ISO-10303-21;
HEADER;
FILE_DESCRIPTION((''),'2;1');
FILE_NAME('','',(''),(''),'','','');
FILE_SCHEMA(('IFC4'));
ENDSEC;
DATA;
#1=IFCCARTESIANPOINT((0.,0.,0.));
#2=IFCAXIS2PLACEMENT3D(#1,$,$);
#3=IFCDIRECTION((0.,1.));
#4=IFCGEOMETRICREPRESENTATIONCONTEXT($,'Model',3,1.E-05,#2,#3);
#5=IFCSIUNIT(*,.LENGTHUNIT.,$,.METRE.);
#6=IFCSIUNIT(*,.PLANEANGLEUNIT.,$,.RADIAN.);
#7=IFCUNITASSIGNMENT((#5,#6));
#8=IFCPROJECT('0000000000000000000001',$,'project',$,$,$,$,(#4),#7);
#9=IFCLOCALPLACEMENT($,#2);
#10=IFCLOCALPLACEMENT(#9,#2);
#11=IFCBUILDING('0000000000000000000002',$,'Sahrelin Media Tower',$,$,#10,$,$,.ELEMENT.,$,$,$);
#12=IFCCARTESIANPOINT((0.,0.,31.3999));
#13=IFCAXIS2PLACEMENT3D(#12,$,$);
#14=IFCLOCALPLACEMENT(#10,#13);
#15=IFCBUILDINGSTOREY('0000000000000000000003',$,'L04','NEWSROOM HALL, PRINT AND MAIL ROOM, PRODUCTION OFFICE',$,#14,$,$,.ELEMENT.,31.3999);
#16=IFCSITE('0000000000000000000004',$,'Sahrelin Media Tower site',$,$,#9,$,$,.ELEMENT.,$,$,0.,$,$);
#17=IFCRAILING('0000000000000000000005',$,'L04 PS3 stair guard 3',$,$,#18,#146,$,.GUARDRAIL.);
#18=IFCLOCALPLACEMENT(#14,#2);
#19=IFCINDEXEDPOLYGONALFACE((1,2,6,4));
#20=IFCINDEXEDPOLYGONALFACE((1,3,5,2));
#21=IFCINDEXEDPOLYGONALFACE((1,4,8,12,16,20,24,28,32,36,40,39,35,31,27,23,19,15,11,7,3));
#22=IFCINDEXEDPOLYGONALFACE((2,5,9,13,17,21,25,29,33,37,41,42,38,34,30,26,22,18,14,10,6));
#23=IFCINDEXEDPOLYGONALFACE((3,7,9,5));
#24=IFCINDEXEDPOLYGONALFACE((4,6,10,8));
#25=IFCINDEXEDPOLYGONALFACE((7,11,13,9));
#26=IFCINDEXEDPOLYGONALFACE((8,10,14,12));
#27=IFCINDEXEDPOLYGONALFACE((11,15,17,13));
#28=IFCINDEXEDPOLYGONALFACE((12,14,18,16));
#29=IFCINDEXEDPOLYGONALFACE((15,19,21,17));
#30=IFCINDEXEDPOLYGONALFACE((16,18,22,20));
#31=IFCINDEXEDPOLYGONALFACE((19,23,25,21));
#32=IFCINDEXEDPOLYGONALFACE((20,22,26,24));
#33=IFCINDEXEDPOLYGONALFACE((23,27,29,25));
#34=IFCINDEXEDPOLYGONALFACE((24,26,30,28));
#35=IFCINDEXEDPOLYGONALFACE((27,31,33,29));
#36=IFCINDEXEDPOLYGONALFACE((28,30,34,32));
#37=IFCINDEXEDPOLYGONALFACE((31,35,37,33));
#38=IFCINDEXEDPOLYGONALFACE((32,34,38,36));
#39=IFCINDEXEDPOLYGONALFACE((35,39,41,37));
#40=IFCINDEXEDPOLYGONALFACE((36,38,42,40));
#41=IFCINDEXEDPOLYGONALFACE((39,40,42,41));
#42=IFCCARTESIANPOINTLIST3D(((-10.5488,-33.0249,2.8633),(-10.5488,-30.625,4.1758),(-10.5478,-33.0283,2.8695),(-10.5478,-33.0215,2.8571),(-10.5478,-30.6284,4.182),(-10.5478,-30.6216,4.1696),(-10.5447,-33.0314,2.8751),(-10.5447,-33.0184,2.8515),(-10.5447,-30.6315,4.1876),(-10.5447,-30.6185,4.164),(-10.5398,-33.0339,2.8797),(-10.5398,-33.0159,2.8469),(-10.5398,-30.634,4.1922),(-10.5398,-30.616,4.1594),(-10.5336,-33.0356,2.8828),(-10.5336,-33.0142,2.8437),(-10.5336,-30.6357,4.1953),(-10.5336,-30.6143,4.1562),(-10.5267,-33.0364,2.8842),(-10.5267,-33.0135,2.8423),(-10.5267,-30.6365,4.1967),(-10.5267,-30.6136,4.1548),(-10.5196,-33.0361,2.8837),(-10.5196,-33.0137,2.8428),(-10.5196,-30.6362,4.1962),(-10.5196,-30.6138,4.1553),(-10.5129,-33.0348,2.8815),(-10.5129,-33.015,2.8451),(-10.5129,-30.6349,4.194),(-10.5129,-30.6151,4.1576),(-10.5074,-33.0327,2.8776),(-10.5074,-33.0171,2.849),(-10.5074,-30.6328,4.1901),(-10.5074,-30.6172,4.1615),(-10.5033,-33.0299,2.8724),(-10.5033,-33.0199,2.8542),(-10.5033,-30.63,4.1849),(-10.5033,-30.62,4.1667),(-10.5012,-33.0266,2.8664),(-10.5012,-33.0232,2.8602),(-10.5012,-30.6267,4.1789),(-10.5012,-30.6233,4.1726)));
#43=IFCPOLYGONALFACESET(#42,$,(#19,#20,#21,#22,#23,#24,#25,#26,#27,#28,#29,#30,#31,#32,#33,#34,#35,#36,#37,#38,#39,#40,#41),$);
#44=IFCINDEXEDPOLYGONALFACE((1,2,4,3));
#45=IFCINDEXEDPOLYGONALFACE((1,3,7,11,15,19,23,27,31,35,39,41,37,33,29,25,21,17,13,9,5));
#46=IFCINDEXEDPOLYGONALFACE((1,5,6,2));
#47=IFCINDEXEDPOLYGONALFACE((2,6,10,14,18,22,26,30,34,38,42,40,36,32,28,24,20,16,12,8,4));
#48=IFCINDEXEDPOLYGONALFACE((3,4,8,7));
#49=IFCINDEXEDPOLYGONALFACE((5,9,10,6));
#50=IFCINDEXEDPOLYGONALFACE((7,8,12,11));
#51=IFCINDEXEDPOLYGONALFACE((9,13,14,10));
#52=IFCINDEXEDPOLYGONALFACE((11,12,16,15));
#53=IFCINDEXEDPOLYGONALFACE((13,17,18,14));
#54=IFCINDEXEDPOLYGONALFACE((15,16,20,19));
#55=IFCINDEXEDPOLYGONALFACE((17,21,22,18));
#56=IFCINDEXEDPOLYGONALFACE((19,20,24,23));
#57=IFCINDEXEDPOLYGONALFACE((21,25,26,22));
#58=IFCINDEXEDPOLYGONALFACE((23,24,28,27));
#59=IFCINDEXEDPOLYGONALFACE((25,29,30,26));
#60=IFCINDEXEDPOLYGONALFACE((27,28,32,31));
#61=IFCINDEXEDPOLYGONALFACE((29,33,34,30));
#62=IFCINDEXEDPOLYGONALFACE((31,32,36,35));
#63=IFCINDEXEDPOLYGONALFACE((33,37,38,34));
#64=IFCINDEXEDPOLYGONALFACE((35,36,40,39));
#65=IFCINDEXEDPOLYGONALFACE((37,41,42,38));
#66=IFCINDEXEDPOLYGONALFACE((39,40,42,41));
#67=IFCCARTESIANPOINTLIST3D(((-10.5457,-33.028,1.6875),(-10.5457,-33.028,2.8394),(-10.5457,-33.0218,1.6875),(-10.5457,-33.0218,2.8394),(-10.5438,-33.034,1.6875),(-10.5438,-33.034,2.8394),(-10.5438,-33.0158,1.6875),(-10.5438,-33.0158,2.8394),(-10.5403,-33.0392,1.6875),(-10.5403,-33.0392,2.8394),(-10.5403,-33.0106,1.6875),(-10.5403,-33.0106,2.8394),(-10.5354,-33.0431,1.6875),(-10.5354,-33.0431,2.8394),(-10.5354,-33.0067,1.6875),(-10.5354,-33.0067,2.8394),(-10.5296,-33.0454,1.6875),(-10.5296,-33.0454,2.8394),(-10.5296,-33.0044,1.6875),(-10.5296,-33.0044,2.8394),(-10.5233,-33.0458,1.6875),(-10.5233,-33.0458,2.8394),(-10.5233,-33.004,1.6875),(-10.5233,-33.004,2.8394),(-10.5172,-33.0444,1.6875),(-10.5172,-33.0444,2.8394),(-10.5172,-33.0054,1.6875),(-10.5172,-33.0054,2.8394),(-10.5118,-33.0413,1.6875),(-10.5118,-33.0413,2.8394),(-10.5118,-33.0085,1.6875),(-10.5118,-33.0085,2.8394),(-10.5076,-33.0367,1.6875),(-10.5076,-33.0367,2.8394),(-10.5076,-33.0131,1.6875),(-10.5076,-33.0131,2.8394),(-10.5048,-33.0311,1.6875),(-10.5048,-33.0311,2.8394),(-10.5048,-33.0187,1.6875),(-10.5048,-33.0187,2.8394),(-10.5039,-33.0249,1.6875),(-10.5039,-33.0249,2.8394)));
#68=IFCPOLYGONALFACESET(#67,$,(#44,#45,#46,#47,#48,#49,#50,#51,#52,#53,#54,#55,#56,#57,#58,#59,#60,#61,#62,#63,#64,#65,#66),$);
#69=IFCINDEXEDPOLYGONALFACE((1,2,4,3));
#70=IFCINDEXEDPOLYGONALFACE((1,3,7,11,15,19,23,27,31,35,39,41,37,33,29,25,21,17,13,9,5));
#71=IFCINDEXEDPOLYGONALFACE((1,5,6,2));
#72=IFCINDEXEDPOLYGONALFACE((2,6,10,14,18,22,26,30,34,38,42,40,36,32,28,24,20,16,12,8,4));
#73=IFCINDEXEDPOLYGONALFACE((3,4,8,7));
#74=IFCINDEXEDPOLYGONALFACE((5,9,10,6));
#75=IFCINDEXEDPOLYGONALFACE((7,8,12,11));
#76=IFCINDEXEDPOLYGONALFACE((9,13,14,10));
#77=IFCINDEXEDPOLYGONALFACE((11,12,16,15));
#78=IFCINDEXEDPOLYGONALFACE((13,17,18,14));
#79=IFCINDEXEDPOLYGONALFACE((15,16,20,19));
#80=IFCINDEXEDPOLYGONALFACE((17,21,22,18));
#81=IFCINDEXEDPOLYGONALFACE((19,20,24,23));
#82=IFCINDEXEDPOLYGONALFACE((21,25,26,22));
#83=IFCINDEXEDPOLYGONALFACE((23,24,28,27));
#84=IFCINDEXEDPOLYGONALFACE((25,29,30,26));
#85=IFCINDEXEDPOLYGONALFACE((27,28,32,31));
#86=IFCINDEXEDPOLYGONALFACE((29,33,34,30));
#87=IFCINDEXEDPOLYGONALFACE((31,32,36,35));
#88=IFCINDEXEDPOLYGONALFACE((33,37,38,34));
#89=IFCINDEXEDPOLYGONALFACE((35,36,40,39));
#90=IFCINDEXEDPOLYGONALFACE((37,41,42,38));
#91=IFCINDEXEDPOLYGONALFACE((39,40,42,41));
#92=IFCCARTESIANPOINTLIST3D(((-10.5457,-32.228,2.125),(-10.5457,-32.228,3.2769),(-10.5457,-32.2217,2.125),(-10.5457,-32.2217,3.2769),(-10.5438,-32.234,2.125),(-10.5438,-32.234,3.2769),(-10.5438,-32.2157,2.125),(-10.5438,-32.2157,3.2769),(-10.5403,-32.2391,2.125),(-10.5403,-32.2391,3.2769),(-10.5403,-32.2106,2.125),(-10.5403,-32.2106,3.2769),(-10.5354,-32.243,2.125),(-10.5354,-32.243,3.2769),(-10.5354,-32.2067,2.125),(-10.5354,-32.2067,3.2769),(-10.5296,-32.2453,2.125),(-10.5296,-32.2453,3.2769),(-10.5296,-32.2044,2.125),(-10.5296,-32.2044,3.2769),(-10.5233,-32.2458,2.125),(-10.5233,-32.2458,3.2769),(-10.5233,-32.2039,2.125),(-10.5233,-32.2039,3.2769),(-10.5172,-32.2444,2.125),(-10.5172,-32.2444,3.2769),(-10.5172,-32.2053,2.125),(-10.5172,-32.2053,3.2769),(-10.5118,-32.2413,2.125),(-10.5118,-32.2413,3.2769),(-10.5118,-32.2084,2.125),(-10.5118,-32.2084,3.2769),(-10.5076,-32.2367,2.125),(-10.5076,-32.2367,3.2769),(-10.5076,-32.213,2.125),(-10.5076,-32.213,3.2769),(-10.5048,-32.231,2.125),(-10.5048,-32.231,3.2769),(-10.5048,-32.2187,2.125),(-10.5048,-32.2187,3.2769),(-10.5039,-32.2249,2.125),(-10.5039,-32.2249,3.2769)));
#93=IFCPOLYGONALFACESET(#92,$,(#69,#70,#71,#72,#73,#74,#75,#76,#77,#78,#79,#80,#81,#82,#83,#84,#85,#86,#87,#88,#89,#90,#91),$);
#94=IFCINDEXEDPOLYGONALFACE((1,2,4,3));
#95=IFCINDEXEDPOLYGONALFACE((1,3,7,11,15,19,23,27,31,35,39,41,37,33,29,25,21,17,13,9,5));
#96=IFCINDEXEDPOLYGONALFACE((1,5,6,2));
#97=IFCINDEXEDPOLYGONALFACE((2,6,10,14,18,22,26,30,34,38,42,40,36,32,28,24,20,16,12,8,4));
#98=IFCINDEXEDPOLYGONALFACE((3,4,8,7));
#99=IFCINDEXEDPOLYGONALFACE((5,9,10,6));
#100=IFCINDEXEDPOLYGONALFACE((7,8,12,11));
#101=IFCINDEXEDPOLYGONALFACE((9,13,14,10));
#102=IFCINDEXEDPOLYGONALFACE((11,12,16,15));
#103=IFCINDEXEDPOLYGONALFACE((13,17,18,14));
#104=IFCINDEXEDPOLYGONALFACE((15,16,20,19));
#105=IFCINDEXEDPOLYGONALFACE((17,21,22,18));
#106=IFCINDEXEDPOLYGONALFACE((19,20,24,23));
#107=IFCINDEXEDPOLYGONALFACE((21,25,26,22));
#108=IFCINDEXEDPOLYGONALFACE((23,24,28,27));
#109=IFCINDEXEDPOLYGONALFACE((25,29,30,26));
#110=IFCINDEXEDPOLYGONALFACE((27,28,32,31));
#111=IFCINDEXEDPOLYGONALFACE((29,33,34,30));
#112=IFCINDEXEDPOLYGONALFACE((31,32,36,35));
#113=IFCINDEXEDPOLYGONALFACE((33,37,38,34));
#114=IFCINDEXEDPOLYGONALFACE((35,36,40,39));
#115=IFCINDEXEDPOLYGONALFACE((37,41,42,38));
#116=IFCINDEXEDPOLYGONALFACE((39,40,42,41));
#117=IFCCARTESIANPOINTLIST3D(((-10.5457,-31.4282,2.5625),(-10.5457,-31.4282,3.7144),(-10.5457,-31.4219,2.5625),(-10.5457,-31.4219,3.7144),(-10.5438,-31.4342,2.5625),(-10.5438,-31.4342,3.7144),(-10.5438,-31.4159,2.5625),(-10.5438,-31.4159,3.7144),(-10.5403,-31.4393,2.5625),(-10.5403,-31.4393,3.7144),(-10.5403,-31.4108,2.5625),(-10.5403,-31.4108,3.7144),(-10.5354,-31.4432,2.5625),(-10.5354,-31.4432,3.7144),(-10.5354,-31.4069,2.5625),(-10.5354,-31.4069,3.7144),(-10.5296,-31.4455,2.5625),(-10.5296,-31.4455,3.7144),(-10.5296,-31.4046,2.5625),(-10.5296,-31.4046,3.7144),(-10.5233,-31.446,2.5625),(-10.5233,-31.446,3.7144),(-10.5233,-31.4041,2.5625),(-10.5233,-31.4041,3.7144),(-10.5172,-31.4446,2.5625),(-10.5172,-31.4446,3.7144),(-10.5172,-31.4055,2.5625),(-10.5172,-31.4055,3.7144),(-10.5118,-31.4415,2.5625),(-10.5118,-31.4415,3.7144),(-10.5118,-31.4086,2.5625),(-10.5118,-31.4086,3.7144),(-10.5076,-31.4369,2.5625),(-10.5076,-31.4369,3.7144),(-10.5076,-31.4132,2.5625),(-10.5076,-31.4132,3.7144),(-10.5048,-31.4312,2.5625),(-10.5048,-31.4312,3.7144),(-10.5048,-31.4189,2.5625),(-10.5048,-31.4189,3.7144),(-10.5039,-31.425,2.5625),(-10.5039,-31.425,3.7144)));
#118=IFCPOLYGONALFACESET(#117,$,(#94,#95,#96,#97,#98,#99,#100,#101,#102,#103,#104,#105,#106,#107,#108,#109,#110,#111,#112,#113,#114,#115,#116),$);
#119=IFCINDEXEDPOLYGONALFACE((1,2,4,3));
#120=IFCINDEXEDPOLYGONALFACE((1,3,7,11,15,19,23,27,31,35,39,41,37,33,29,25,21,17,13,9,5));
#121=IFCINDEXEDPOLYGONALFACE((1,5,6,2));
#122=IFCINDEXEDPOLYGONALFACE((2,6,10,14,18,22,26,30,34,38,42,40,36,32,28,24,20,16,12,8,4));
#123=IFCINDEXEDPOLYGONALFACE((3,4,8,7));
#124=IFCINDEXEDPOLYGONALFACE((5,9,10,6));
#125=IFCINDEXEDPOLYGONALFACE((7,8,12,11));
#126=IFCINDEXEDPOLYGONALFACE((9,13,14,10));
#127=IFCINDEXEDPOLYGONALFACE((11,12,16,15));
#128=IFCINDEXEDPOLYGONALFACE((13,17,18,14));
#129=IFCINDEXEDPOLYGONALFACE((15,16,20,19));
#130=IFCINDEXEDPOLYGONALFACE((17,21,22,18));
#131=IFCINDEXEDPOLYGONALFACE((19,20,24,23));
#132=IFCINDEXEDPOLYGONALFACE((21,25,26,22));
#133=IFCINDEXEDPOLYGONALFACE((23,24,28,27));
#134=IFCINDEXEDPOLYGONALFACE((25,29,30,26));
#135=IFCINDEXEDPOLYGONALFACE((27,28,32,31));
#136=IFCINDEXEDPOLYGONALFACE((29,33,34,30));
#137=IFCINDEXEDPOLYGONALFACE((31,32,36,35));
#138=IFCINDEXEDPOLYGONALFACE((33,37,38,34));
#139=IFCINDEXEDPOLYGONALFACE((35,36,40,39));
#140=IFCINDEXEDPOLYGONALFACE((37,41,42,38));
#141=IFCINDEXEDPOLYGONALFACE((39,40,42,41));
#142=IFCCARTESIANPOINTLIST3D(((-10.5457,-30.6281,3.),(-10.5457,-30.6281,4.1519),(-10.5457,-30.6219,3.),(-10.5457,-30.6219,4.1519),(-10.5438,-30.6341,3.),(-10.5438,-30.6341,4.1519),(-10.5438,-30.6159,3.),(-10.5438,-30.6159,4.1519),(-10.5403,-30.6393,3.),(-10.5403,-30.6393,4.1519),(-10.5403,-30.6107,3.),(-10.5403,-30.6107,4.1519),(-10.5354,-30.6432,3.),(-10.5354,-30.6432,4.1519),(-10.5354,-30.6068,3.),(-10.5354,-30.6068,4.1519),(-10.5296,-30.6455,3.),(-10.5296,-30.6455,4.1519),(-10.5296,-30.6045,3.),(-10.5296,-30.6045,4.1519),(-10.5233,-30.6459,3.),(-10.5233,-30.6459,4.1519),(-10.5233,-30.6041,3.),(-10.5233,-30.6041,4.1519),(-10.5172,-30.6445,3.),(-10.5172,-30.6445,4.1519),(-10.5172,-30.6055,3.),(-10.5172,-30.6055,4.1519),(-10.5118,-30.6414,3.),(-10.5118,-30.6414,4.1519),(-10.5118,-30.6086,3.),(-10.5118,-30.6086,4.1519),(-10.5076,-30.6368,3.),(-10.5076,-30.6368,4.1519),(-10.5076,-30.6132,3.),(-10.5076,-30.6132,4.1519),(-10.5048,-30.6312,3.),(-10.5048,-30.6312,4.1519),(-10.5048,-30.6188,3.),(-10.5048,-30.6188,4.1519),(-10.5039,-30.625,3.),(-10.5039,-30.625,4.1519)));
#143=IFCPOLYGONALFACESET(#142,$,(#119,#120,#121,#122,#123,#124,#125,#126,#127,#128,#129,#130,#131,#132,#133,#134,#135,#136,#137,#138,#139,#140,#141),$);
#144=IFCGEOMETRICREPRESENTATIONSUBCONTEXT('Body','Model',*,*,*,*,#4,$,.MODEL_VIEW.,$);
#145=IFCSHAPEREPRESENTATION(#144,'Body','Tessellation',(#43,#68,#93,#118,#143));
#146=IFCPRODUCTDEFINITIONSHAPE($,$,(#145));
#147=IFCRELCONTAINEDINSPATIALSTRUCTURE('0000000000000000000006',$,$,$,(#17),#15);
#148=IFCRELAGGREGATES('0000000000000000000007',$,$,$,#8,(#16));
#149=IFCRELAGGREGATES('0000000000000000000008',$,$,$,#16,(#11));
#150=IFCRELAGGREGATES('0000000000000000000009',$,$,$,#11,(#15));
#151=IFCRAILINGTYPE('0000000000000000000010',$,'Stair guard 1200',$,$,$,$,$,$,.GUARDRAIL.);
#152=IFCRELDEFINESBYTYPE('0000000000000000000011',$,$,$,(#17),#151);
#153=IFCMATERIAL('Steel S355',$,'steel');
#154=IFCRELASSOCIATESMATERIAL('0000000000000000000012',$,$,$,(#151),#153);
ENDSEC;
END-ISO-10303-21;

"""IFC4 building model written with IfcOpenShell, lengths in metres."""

from ifc_helpers import new_model, si_unit, direction, frame, origin, origin_2d, place, context, subcontext, project, spatial, circle, extrude, material, type_object, element, save


model = new_model("IFC4")

# Units and contexts
model_context = context("Model", 3, precision=1e-05, world=origin(), true_north=direction((0.0, 1.0)))
body_context = subcontext(model_context, "Body", "Model", "MODEL_VIEW")
ifc_project = project(units=[si_unit("LENGTHUNIT", "METRE"), si_unit("PLANEANGLEUNIT", "RADIAN")], contexts=[model_context])

# Site, building, storey
site_placement = place(None, origin())
site = spatial("IfcSite", under=ifc_project, at=site_placement, Name="Sahrelin Media Tower site", CompositionType="ELEMENT", RefElevation=0.0)
building_placement = place(site_placement, origin())
building = spatial("IfcBuilding", under=site, at=building_placement, Name="Sahrelin Media Tower", CompositionType="ELEMENT")
storey_placement = place(building_placement, frame((0.0, 0.0, 31.3999)))
storey = spatial("IfcBuildingStorey", under=building, at=storey_placement, Name="L04", Description="NEWSROOM HALL, PRINT AND MAIL ROOM, PRODUCTION OFFICE", CompositionType="ELEMENT", Elevation=31.3999)

# Shared definitions
ifc_material_1 = material(Name="Steel S355", Category="steel")

# Railing
railing_type_1 = type_object("IfcRailingType", Name="Stair guard 1200", PredefinedType="GUARDRAIL", material=ifc_material_1)
railing_1_placement = place(storey_placement, frame((-10.5249, -33.0249, 1.6875)))
element("IfcRailing", 1, at=railing_1_placement, inside=storey, type_object=railing_type_1, Name="L04 PS3 stair guard 3", PredefinedType="GUARDRAIL", context=body_context, shape_type="SweptSolid", body=[
    extrude(circle(Radius=0.0239, at=origin_2d()), frame((0.0, 0.0, 1.1758), z_axis=(0.0, 0.877363, 0.479827), x_axis=(-1.0, 0.0, 0.0)), (0.0, 0.0, 1.0), 2.7354),
    extrude(circle(Radius=0.021, at=origin_2d()), origin(), (0.0, 0.0, 1.0), 1.1519),
    extrude(circle(Radius=0.021, at=origin_2d()), frame((0.0, 0.8, 0.4375)), (0.0, 0.0, 1.0), 1.1519),
    extrude(circle(Radius=0.021, at=origin_2d()), frame((0.0, 1.5999, 0.875)), (0.0, 0.0, 1.0), 1.1519),
    extrude(circle(Radius=0.021, at=origin_2d()), frame((0.0, 2.3999, 1.3125)), (0.0, 0.0, 1.0), 1.1519),
])

save(model, "model.ifc")
